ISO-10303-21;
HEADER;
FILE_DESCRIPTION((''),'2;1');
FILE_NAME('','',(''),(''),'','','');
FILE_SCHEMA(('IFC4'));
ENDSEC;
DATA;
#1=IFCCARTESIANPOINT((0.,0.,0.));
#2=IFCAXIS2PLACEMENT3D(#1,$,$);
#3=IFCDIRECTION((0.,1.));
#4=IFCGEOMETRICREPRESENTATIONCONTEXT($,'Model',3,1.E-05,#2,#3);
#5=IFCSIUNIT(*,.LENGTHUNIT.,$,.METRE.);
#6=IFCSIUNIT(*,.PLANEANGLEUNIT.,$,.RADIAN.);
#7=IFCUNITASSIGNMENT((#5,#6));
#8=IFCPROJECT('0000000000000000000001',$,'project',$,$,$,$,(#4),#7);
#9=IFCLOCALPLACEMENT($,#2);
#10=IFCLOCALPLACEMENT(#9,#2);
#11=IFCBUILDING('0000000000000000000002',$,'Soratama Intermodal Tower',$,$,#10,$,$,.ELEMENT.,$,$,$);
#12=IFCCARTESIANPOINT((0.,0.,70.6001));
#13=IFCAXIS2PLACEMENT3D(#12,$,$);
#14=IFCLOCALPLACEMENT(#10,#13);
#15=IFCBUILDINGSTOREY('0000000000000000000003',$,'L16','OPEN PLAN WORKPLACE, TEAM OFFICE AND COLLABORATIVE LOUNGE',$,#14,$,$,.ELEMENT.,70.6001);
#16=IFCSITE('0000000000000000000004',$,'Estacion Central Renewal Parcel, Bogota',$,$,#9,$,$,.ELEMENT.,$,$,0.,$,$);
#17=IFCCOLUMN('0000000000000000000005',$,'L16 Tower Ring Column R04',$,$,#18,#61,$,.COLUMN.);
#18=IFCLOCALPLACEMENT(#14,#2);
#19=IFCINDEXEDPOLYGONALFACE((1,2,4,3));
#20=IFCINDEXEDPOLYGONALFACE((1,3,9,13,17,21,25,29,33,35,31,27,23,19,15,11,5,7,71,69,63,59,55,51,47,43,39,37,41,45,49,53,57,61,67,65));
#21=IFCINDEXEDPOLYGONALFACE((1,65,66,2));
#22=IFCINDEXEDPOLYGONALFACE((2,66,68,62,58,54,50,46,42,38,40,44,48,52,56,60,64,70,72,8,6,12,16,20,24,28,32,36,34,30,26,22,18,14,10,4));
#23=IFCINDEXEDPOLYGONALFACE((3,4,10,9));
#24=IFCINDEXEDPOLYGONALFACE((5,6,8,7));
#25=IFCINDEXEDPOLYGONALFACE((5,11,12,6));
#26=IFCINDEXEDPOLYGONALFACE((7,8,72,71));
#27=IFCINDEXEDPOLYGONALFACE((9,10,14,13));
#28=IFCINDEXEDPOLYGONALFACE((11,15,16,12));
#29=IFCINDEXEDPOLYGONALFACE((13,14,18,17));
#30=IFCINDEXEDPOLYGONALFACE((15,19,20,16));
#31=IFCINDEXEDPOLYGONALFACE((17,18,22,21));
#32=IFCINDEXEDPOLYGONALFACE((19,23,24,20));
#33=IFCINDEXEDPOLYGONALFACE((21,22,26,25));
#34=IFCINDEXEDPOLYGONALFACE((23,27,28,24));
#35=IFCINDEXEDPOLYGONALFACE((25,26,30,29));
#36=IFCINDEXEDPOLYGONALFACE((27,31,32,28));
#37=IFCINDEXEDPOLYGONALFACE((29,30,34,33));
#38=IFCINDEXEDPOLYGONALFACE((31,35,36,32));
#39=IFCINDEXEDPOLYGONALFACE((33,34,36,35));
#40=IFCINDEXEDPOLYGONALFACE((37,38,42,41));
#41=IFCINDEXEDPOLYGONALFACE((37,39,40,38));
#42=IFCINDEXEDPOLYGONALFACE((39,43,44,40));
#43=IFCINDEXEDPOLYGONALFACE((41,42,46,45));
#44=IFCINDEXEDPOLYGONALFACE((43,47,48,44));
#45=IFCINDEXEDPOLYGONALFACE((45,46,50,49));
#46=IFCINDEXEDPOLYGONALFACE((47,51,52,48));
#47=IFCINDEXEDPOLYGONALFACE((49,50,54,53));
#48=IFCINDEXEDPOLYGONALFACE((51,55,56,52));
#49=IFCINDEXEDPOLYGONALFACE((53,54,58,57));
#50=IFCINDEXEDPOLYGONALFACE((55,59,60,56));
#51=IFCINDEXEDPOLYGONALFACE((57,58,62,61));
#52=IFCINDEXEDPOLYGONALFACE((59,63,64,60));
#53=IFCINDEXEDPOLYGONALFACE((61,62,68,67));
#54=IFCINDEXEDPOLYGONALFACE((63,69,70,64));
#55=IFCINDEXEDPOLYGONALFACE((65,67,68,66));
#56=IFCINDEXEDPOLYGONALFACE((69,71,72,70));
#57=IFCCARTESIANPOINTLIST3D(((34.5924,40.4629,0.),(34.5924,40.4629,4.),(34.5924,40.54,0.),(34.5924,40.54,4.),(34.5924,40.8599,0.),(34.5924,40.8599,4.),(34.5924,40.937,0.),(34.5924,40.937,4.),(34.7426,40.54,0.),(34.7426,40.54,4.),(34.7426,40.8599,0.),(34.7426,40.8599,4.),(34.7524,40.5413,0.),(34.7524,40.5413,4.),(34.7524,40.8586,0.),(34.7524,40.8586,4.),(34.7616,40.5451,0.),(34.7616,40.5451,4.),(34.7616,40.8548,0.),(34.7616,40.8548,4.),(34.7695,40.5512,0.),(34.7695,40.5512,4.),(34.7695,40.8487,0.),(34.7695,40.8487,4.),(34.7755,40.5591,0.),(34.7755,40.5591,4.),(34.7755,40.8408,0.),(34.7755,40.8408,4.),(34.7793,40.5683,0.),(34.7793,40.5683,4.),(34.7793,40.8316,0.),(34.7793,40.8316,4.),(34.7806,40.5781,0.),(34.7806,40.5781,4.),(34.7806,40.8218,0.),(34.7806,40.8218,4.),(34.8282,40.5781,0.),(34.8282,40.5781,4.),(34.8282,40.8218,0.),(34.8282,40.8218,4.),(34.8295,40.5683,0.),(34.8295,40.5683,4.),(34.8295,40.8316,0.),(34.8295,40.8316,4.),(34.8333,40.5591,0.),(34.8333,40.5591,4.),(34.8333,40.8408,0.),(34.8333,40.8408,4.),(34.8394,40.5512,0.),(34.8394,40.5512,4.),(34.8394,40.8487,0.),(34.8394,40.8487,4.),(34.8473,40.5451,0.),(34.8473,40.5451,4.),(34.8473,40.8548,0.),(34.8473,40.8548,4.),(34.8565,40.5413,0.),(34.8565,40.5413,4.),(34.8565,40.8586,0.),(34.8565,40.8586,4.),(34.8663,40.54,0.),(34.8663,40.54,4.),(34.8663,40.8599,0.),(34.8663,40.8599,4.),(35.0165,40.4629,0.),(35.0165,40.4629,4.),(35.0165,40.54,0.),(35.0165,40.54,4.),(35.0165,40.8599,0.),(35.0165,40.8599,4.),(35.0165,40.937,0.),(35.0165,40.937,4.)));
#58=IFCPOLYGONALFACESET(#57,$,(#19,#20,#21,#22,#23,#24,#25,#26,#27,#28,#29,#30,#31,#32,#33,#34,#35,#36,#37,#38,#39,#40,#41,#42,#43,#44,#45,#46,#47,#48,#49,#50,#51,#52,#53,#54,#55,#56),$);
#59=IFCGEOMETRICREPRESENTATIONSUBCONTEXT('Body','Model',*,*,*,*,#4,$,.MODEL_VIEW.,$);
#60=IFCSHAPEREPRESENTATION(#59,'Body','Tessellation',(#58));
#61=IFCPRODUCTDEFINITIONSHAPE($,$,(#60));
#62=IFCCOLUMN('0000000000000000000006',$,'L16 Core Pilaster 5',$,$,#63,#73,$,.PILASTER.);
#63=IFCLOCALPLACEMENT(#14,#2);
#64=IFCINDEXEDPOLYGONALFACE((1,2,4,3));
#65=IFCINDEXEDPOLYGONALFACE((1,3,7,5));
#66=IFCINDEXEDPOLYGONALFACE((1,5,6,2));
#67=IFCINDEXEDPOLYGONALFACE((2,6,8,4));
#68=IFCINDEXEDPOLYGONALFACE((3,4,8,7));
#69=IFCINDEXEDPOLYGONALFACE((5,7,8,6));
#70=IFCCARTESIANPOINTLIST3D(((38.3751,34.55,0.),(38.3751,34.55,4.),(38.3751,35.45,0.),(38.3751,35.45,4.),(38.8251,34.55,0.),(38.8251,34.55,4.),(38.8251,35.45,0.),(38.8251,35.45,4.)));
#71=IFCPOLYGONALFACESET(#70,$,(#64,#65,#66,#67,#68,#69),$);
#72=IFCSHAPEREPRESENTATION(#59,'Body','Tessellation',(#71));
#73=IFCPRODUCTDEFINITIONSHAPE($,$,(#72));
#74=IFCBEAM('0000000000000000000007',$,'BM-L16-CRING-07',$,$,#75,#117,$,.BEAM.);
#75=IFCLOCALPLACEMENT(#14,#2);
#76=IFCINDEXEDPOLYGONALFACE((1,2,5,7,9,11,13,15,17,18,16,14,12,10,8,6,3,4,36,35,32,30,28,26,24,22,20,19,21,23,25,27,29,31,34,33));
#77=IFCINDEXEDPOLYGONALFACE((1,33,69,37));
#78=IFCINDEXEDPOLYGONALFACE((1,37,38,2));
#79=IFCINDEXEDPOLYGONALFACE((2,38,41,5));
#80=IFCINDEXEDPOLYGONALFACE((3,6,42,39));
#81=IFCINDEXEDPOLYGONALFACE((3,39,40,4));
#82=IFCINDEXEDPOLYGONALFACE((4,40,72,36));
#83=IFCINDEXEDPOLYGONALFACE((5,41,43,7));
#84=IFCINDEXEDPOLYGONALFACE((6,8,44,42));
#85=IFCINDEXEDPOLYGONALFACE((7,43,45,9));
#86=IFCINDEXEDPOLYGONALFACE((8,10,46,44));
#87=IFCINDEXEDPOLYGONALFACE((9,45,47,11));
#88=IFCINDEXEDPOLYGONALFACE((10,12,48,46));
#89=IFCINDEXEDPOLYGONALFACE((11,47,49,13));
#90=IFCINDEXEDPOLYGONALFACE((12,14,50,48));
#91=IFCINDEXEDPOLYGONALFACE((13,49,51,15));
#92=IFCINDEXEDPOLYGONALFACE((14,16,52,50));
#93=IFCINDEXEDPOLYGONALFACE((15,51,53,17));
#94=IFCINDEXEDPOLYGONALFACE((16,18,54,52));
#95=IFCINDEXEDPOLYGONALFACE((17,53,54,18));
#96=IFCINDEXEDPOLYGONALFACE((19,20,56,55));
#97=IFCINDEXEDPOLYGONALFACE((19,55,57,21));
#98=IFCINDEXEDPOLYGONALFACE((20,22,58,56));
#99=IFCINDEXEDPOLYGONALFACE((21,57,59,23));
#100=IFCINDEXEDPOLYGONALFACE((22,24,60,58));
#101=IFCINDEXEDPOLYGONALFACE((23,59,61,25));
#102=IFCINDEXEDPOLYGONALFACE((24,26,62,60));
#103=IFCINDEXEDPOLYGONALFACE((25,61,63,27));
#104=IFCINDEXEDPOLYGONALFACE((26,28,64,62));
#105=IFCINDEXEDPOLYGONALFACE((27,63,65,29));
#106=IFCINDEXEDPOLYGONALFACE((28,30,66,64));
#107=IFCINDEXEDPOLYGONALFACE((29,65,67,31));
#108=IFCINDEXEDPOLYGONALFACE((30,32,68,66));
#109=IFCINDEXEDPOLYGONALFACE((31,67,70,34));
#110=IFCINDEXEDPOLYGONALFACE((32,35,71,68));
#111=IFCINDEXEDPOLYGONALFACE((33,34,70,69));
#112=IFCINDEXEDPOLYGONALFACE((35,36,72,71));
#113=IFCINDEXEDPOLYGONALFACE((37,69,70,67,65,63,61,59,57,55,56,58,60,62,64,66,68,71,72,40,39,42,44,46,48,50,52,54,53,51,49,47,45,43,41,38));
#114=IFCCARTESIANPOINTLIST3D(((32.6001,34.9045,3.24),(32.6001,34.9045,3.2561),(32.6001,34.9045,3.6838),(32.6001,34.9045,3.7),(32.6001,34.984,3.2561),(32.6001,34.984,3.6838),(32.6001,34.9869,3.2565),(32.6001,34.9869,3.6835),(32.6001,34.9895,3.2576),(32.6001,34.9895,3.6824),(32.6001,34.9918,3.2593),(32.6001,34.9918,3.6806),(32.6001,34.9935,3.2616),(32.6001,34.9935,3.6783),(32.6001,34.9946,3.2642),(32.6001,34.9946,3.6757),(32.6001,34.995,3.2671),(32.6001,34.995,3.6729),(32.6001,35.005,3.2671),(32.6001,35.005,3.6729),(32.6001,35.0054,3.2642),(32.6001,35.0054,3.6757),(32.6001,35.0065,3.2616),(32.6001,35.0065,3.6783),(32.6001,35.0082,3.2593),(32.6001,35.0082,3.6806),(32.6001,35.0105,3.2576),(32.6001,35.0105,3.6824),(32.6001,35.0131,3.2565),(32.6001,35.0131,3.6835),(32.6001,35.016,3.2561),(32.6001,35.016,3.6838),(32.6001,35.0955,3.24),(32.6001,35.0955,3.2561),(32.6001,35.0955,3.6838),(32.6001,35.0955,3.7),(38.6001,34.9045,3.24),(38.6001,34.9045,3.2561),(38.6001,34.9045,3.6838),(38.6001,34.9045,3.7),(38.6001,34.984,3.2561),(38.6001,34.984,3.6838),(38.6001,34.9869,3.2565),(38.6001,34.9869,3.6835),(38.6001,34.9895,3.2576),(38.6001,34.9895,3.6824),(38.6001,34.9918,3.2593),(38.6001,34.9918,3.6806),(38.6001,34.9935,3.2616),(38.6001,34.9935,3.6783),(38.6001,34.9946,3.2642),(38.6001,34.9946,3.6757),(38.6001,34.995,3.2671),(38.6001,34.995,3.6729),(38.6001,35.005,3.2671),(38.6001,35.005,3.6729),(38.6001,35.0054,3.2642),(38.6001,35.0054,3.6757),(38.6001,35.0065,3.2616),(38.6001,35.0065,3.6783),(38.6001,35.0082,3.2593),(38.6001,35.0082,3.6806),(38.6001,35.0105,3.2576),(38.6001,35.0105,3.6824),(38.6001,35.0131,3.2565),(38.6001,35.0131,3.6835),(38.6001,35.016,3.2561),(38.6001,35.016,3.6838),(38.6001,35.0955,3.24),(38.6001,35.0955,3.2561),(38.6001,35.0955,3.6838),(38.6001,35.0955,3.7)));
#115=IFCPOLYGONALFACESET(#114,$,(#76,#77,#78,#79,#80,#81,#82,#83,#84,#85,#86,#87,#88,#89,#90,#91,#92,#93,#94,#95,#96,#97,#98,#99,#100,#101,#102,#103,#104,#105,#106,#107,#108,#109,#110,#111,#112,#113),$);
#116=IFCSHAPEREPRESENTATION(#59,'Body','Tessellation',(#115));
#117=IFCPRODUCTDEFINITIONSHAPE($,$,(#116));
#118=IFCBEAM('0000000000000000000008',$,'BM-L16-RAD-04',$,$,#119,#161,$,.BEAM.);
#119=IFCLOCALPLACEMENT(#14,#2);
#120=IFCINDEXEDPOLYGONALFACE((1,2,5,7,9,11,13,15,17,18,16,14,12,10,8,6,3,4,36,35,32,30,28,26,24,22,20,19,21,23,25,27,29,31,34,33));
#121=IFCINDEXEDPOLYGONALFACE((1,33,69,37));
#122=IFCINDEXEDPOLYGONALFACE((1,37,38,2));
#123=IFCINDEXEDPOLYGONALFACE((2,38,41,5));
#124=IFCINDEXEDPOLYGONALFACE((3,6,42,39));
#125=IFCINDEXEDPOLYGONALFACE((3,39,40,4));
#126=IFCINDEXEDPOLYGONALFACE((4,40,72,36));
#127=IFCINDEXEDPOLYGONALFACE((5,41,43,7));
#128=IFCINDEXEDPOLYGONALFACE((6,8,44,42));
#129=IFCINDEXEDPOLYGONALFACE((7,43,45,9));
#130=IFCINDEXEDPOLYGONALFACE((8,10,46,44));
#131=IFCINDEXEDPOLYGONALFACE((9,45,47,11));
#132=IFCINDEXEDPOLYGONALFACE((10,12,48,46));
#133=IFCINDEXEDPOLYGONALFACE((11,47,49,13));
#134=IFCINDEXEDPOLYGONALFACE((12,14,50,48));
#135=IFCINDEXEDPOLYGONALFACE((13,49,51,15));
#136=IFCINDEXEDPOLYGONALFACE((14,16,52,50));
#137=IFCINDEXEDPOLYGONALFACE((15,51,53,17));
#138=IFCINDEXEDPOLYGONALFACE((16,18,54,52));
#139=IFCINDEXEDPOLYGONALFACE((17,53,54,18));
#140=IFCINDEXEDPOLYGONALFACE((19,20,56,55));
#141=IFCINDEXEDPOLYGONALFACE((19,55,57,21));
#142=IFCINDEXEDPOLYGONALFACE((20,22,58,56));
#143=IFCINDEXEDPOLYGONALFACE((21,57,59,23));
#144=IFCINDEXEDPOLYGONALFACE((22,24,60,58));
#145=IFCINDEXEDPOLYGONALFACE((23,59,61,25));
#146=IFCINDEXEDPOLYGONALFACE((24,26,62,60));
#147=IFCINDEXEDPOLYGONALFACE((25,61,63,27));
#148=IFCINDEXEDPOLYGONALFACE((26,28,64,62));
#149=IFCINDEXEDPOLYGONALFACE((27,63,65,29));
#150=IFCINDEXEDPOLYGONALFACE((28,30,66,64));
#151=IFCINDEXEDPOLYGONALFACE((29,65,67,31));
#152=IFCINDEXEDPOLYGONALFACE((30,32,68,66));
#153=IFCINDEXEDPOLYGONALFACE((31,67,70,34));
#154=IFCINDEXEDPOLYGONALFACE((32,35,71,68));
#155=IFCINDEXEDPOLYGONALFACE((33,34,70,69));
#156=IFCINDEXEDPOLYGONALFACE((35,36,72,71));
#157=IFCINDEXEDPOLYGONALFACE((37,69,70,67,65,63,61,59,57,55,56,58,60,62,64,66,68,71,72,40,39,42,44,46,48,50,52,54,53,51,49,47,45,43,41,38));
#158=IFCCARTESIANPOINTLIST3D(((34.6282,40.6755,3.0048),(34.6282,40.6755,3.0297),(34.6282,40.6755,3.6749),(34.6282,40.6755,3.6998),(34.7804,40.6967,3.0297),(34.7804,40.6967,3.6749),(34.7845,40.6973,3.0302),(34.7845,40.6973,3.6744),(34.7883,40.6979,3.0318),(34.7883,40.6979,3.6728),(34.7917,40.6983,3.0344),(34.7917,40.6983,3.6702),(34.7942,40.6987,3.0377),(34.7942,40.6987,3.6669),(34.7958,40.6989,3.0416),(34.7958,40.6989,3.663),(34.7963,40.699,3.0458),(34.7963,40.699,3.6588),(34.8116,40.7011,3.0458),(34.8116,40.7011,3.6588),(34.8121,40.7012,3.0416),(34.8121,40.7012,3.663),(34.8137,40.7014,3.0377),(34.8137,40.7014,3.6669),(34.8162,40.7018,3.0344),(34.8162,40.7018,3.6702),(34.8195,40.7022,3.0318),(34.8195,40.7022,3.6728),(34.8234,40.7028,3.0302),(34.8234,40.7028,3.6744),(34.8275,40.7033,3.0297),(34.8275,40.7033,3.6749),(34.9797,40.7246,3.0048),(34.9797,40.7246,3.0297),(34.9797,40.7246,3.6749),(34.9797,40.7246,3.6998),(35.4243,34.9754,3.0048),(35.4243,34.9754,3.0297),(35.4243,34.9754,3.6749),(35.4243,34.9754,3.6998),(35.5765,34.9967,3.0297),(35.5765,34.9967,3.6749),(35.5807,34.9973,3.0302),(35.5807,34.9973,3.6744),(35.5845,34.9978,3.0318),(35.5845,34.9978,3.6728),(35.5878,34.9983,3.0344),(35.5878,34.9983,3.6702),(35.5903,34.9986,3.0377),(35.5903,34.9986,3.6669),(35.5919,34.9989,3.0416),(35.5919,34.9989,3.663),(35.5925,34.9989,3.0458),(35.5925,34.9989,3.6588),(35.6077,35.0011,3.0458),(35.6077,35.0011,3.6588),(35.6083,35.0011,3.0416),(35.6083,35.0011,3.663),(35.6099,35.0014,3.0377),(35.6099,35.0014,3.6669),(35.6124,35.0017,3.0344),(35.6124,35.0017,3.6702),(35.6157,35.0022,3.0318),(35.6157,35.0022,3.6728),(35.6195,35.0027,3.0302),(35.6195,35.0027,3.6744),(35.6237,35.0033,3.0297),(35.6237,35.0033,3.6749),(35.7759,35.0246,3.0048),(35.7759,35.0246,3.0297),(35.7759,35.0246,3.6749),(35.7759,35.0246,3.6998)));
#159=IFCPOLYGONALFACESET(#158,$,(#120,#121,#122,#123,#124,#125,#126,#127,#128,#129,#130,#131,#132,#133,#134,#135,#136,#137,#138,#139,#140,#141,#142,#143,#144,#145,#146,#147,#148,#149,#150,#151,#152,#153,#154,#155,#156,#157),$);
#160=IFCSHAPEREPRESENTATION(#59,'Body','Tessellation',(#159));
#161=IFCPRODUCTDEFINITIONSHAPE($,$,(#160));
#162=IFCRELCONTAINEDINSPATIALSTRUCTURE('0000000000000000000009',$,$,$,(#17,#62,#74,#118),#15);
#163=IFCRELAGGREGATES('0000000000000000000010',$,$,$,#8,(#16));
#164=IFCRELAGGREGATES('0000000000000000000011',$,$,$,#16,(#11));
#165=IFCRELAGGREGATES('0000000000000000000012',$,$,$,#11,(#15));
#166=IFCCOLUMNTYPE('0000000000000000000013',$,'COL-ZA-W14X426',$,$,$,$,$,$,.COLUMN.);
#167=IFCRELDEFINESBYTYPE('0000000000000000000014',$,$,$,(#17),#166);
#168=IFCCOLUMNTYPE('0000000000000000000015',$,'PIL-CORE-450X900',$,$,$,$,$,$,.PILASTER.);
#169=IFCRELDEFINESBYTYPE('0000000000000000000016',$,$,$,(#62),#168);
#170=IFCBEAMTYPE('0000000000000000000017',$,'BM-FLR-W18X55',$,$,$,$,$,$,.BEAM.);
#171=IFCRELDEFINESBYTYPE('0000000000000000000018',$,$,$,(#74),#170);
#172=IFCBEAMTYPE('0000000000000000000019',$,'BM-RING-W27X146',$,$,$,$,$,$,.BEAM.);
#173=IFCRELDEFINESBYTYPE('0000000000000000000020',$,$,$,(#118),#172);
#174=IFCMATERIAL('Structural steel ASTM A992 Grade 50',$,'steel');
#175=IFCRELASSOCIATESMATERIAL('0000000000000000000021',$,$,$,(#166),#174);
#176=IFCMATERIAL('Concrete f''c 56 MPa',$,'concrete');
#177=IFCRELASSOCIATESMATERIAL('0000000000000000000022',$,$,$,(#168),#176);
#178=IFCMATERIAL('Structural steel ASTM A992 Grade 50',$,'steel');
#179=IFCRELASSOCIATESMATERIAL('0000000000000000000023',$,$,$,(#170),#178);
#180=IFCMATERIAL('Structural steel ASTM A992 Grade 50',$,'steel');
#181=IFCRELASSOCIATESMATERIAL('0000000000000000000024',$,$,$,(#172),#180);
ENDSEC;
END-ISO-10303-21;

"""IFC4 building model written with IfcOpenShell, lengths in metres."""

from ifc_helpers import new_model, si_unit, direction, frame, origin, origin_2d, place, context, subcontext, project, spatial, rectangle, i_section, extrude, material, material_profile, profile_set, type_object, element, save


model = new_model("IFC4")

# Units and contexts
model_context = context("Model", 3, precision=1e-05, world=origin(), true_north=direction((0.0, 1.0)))
body_context = subcontext(model_context, "Body", "Model", "MODEL_VIEW")
ifc_project = project(units=[si_unit("LENGTHUNIT", "METRE"), si_unit("PLANEANGLEUNIT", "RADIAN")], contexts=[model_context])

# Site, building, storey
site_placement = place(None, origin())
site = spatial("IfcSite", under=ifc_project, at=site_placement, Name="Estacion Central Renewal Parcel, Bogota", CompositionType="ELEMENT", RefElevation=0.0)
building_placement = place(site_placement, origin())
building = spatial("IfcBuilding", under=site, at=building_placement, Name="Soratama Intermodal Tower", CompositionType="ELEMENT")
storey_placement = place(building_placement, frame((0.0, 0.0, 70.6001)))
storey = spatial("IfcBuildingStorey", under=building, at=storey_placement, Name="L16", Description="OPEN PLAN WORKPLACE, TEAM OFFICE AND COLLABORATIVE LOUNGE", CompositionType="ELEMENT", Elevation=70.6001)

# Columns
ifc_material_1 = material(Name="Structural steel ASTM A992 Grade 50", Category="steel")
ifc_material_profile_1 = material_profile(ifc_material_1, i_section(OverallWidth=0.4241, OverallDepth=0.4741, WebThickness=0.0476, FlangeThickness=0.0771, FilletRadius=0.0381, at=origin_2d()), Name="W14X426")
ifc_profile_set_1 = profile_set([ifc_material_profile_1], Name="Structural steel ASTM A992 Grade 50")
column_type_1 = type_object("IfcColumnType", Name="COL-ZA-W14X426", PredefinedType="COLUMN", material=ifc_profile_set_1)
column_1_placement = place(storey_placement, frame((34.8044, 40.7, 0.0), z_axis=(0.0, 0.0, 1.0), x_axis=(1.0, 0.0, 0.0)))
element("IfcColumn", 1, at=column_1_placement, inside=storey, type_object=column_type_1, Name="L16 Tower Ring Column R04", PredefinedType="COLUMN", context=body_context, shape_type="SweptSolid", body=[
    extrude(i_section(OverallWidth=0.4241, OverallDepth=0.4741, WebThickness=0.0476, FlangeThickness=0.0771, FilletRadius=0.0381, at=origin_2d()), origin(), (0.0, 0.0, 1.0), 4.0),
])
ifc_material_2 = material(Name="Concrete f'c 56 MPa", Category="concrete")
ifc_material_profile_2 = material_profile(ifc_material_2, rectangle(XDim=0.45, YDim=0.8999, at=origin_2d()), Name="RC450X900")
ifc_profile_set_2 = profile_set([ifc_material_profile_2], Name="Concrete f'c 56 MPa")
column_type_2 = type_object("IfcColumnType", Name="PIL-CORE-450X900", PredefinedType="PILASTER", material=ifc_profile_set_2)
column_2_placement = place(storey_placement, frame((38.6001, 35.0, 0.0), z_axis=(0.0, 0.0, 1.0), x_axis=(1.0, 0.0, 0.0)))
element("IfcColumn", 2, at=column_2_placement, inside=storey, type_object=column_type_2, Name="L16 Core Pilaster 5", PredefinedType="PILASTER", context=body_context, shape_type="SweptSolid", body=[
    extrude(rectangle(XDim=0.45, YDim=0.8999, at=origin_2d()), origin(), (0.0, 0.0, 1.0), 4.0),
])

# Beams
ifc_material_3 = material(Name="Structural steel ASTM A992 Grade 50", Category="steel")
ifc_material_profile_3 = material_profile(ifc_material_3, i_section(OverallWidth=0.1909, OverallDepth=0.46, WebThickness=0.01, FlangeThickness=0.0161, FilletRadius=0.011, at=origin_2d()), Name="W18X55")
ifc_profile_set_3 = profile_set([ifc_material_profile_3], Name="Structural steel ASTM A992 Grade 50")
beam_type_1 = type_object("IfcBeamType", Name="BM-FLR-W18X55", PredefinedType="BEAM", material=ifc_profile_set_3)
beam_1_placement = place(storey_placement, frame((38.6001, 35.0, 3.47), z_axis=(-1.0, 0.0, 0.0), x_axis=(0.0, -1.0, 0.0)))
element("IfcBeam", 3, at=beam_1_placement, inside=storey, type_object=beam_type_1, Name="BM-L16-CRING-07", PredefinedType="BEAM", context=body_context, shape_type="SweptSolid", body=[
    extrude(i_section(OverallWidth=0.1909, OverallDepth=0.46, WebThickness=0.01, FlangeThickness=0.0161, FilletRadius=0.011, at=origin_2d()), origin(), (0.0, 0.0, 1.0), 6.0),
])
ifc_material_4 = material(Name="Structural steel ASTM A992 Grade 50", Category="steel")
ifc_material_profile_4 = material_profile(ifc_material_4, i_section(OverallWidth=0.355, OverallDepth=0.6951, WebThickness=0.0154, FlangeThickness=0.0249, FilletRadius=0.0161, at=origin_2d()), Name="W27X146")
ifc_profile_set_4 = profile_set([ifc_material_profile_4], Name="Structural steel ASTM A992 Grade 50")
beam_type_2 = type_object("IfcBeamType", Name="BM-RING-W27X146", PredefinedType="BEAM", material=ifc_profile_set_4)
beam_2_placement = place(storey_placement, frame((35.6001, 35.0, 3.3523), z_axis=(-0.138332, 0.990386, 0.0), x_axis=(-0.990386, -0.138332, 0.0)))
element("IfcBeam", 4, at=beam_2_placement, inside=storey, type_object=beam_type_2, Name="BM-L16-RAD-04", PredefinedType="BEAM", context=body_context, shape_type="SweptSolid", body=[
    extrude(i_section(OverallWidth=0.355, OverallDepth=0.6951, WebThickness=0.0154, FlangeThickness=0.0249, FilletRadius=0.0161, at=origin_2d()), origin(), (0.0, 0.0, 1.0), 5.7554),
])

save(model, "model.ifc")
